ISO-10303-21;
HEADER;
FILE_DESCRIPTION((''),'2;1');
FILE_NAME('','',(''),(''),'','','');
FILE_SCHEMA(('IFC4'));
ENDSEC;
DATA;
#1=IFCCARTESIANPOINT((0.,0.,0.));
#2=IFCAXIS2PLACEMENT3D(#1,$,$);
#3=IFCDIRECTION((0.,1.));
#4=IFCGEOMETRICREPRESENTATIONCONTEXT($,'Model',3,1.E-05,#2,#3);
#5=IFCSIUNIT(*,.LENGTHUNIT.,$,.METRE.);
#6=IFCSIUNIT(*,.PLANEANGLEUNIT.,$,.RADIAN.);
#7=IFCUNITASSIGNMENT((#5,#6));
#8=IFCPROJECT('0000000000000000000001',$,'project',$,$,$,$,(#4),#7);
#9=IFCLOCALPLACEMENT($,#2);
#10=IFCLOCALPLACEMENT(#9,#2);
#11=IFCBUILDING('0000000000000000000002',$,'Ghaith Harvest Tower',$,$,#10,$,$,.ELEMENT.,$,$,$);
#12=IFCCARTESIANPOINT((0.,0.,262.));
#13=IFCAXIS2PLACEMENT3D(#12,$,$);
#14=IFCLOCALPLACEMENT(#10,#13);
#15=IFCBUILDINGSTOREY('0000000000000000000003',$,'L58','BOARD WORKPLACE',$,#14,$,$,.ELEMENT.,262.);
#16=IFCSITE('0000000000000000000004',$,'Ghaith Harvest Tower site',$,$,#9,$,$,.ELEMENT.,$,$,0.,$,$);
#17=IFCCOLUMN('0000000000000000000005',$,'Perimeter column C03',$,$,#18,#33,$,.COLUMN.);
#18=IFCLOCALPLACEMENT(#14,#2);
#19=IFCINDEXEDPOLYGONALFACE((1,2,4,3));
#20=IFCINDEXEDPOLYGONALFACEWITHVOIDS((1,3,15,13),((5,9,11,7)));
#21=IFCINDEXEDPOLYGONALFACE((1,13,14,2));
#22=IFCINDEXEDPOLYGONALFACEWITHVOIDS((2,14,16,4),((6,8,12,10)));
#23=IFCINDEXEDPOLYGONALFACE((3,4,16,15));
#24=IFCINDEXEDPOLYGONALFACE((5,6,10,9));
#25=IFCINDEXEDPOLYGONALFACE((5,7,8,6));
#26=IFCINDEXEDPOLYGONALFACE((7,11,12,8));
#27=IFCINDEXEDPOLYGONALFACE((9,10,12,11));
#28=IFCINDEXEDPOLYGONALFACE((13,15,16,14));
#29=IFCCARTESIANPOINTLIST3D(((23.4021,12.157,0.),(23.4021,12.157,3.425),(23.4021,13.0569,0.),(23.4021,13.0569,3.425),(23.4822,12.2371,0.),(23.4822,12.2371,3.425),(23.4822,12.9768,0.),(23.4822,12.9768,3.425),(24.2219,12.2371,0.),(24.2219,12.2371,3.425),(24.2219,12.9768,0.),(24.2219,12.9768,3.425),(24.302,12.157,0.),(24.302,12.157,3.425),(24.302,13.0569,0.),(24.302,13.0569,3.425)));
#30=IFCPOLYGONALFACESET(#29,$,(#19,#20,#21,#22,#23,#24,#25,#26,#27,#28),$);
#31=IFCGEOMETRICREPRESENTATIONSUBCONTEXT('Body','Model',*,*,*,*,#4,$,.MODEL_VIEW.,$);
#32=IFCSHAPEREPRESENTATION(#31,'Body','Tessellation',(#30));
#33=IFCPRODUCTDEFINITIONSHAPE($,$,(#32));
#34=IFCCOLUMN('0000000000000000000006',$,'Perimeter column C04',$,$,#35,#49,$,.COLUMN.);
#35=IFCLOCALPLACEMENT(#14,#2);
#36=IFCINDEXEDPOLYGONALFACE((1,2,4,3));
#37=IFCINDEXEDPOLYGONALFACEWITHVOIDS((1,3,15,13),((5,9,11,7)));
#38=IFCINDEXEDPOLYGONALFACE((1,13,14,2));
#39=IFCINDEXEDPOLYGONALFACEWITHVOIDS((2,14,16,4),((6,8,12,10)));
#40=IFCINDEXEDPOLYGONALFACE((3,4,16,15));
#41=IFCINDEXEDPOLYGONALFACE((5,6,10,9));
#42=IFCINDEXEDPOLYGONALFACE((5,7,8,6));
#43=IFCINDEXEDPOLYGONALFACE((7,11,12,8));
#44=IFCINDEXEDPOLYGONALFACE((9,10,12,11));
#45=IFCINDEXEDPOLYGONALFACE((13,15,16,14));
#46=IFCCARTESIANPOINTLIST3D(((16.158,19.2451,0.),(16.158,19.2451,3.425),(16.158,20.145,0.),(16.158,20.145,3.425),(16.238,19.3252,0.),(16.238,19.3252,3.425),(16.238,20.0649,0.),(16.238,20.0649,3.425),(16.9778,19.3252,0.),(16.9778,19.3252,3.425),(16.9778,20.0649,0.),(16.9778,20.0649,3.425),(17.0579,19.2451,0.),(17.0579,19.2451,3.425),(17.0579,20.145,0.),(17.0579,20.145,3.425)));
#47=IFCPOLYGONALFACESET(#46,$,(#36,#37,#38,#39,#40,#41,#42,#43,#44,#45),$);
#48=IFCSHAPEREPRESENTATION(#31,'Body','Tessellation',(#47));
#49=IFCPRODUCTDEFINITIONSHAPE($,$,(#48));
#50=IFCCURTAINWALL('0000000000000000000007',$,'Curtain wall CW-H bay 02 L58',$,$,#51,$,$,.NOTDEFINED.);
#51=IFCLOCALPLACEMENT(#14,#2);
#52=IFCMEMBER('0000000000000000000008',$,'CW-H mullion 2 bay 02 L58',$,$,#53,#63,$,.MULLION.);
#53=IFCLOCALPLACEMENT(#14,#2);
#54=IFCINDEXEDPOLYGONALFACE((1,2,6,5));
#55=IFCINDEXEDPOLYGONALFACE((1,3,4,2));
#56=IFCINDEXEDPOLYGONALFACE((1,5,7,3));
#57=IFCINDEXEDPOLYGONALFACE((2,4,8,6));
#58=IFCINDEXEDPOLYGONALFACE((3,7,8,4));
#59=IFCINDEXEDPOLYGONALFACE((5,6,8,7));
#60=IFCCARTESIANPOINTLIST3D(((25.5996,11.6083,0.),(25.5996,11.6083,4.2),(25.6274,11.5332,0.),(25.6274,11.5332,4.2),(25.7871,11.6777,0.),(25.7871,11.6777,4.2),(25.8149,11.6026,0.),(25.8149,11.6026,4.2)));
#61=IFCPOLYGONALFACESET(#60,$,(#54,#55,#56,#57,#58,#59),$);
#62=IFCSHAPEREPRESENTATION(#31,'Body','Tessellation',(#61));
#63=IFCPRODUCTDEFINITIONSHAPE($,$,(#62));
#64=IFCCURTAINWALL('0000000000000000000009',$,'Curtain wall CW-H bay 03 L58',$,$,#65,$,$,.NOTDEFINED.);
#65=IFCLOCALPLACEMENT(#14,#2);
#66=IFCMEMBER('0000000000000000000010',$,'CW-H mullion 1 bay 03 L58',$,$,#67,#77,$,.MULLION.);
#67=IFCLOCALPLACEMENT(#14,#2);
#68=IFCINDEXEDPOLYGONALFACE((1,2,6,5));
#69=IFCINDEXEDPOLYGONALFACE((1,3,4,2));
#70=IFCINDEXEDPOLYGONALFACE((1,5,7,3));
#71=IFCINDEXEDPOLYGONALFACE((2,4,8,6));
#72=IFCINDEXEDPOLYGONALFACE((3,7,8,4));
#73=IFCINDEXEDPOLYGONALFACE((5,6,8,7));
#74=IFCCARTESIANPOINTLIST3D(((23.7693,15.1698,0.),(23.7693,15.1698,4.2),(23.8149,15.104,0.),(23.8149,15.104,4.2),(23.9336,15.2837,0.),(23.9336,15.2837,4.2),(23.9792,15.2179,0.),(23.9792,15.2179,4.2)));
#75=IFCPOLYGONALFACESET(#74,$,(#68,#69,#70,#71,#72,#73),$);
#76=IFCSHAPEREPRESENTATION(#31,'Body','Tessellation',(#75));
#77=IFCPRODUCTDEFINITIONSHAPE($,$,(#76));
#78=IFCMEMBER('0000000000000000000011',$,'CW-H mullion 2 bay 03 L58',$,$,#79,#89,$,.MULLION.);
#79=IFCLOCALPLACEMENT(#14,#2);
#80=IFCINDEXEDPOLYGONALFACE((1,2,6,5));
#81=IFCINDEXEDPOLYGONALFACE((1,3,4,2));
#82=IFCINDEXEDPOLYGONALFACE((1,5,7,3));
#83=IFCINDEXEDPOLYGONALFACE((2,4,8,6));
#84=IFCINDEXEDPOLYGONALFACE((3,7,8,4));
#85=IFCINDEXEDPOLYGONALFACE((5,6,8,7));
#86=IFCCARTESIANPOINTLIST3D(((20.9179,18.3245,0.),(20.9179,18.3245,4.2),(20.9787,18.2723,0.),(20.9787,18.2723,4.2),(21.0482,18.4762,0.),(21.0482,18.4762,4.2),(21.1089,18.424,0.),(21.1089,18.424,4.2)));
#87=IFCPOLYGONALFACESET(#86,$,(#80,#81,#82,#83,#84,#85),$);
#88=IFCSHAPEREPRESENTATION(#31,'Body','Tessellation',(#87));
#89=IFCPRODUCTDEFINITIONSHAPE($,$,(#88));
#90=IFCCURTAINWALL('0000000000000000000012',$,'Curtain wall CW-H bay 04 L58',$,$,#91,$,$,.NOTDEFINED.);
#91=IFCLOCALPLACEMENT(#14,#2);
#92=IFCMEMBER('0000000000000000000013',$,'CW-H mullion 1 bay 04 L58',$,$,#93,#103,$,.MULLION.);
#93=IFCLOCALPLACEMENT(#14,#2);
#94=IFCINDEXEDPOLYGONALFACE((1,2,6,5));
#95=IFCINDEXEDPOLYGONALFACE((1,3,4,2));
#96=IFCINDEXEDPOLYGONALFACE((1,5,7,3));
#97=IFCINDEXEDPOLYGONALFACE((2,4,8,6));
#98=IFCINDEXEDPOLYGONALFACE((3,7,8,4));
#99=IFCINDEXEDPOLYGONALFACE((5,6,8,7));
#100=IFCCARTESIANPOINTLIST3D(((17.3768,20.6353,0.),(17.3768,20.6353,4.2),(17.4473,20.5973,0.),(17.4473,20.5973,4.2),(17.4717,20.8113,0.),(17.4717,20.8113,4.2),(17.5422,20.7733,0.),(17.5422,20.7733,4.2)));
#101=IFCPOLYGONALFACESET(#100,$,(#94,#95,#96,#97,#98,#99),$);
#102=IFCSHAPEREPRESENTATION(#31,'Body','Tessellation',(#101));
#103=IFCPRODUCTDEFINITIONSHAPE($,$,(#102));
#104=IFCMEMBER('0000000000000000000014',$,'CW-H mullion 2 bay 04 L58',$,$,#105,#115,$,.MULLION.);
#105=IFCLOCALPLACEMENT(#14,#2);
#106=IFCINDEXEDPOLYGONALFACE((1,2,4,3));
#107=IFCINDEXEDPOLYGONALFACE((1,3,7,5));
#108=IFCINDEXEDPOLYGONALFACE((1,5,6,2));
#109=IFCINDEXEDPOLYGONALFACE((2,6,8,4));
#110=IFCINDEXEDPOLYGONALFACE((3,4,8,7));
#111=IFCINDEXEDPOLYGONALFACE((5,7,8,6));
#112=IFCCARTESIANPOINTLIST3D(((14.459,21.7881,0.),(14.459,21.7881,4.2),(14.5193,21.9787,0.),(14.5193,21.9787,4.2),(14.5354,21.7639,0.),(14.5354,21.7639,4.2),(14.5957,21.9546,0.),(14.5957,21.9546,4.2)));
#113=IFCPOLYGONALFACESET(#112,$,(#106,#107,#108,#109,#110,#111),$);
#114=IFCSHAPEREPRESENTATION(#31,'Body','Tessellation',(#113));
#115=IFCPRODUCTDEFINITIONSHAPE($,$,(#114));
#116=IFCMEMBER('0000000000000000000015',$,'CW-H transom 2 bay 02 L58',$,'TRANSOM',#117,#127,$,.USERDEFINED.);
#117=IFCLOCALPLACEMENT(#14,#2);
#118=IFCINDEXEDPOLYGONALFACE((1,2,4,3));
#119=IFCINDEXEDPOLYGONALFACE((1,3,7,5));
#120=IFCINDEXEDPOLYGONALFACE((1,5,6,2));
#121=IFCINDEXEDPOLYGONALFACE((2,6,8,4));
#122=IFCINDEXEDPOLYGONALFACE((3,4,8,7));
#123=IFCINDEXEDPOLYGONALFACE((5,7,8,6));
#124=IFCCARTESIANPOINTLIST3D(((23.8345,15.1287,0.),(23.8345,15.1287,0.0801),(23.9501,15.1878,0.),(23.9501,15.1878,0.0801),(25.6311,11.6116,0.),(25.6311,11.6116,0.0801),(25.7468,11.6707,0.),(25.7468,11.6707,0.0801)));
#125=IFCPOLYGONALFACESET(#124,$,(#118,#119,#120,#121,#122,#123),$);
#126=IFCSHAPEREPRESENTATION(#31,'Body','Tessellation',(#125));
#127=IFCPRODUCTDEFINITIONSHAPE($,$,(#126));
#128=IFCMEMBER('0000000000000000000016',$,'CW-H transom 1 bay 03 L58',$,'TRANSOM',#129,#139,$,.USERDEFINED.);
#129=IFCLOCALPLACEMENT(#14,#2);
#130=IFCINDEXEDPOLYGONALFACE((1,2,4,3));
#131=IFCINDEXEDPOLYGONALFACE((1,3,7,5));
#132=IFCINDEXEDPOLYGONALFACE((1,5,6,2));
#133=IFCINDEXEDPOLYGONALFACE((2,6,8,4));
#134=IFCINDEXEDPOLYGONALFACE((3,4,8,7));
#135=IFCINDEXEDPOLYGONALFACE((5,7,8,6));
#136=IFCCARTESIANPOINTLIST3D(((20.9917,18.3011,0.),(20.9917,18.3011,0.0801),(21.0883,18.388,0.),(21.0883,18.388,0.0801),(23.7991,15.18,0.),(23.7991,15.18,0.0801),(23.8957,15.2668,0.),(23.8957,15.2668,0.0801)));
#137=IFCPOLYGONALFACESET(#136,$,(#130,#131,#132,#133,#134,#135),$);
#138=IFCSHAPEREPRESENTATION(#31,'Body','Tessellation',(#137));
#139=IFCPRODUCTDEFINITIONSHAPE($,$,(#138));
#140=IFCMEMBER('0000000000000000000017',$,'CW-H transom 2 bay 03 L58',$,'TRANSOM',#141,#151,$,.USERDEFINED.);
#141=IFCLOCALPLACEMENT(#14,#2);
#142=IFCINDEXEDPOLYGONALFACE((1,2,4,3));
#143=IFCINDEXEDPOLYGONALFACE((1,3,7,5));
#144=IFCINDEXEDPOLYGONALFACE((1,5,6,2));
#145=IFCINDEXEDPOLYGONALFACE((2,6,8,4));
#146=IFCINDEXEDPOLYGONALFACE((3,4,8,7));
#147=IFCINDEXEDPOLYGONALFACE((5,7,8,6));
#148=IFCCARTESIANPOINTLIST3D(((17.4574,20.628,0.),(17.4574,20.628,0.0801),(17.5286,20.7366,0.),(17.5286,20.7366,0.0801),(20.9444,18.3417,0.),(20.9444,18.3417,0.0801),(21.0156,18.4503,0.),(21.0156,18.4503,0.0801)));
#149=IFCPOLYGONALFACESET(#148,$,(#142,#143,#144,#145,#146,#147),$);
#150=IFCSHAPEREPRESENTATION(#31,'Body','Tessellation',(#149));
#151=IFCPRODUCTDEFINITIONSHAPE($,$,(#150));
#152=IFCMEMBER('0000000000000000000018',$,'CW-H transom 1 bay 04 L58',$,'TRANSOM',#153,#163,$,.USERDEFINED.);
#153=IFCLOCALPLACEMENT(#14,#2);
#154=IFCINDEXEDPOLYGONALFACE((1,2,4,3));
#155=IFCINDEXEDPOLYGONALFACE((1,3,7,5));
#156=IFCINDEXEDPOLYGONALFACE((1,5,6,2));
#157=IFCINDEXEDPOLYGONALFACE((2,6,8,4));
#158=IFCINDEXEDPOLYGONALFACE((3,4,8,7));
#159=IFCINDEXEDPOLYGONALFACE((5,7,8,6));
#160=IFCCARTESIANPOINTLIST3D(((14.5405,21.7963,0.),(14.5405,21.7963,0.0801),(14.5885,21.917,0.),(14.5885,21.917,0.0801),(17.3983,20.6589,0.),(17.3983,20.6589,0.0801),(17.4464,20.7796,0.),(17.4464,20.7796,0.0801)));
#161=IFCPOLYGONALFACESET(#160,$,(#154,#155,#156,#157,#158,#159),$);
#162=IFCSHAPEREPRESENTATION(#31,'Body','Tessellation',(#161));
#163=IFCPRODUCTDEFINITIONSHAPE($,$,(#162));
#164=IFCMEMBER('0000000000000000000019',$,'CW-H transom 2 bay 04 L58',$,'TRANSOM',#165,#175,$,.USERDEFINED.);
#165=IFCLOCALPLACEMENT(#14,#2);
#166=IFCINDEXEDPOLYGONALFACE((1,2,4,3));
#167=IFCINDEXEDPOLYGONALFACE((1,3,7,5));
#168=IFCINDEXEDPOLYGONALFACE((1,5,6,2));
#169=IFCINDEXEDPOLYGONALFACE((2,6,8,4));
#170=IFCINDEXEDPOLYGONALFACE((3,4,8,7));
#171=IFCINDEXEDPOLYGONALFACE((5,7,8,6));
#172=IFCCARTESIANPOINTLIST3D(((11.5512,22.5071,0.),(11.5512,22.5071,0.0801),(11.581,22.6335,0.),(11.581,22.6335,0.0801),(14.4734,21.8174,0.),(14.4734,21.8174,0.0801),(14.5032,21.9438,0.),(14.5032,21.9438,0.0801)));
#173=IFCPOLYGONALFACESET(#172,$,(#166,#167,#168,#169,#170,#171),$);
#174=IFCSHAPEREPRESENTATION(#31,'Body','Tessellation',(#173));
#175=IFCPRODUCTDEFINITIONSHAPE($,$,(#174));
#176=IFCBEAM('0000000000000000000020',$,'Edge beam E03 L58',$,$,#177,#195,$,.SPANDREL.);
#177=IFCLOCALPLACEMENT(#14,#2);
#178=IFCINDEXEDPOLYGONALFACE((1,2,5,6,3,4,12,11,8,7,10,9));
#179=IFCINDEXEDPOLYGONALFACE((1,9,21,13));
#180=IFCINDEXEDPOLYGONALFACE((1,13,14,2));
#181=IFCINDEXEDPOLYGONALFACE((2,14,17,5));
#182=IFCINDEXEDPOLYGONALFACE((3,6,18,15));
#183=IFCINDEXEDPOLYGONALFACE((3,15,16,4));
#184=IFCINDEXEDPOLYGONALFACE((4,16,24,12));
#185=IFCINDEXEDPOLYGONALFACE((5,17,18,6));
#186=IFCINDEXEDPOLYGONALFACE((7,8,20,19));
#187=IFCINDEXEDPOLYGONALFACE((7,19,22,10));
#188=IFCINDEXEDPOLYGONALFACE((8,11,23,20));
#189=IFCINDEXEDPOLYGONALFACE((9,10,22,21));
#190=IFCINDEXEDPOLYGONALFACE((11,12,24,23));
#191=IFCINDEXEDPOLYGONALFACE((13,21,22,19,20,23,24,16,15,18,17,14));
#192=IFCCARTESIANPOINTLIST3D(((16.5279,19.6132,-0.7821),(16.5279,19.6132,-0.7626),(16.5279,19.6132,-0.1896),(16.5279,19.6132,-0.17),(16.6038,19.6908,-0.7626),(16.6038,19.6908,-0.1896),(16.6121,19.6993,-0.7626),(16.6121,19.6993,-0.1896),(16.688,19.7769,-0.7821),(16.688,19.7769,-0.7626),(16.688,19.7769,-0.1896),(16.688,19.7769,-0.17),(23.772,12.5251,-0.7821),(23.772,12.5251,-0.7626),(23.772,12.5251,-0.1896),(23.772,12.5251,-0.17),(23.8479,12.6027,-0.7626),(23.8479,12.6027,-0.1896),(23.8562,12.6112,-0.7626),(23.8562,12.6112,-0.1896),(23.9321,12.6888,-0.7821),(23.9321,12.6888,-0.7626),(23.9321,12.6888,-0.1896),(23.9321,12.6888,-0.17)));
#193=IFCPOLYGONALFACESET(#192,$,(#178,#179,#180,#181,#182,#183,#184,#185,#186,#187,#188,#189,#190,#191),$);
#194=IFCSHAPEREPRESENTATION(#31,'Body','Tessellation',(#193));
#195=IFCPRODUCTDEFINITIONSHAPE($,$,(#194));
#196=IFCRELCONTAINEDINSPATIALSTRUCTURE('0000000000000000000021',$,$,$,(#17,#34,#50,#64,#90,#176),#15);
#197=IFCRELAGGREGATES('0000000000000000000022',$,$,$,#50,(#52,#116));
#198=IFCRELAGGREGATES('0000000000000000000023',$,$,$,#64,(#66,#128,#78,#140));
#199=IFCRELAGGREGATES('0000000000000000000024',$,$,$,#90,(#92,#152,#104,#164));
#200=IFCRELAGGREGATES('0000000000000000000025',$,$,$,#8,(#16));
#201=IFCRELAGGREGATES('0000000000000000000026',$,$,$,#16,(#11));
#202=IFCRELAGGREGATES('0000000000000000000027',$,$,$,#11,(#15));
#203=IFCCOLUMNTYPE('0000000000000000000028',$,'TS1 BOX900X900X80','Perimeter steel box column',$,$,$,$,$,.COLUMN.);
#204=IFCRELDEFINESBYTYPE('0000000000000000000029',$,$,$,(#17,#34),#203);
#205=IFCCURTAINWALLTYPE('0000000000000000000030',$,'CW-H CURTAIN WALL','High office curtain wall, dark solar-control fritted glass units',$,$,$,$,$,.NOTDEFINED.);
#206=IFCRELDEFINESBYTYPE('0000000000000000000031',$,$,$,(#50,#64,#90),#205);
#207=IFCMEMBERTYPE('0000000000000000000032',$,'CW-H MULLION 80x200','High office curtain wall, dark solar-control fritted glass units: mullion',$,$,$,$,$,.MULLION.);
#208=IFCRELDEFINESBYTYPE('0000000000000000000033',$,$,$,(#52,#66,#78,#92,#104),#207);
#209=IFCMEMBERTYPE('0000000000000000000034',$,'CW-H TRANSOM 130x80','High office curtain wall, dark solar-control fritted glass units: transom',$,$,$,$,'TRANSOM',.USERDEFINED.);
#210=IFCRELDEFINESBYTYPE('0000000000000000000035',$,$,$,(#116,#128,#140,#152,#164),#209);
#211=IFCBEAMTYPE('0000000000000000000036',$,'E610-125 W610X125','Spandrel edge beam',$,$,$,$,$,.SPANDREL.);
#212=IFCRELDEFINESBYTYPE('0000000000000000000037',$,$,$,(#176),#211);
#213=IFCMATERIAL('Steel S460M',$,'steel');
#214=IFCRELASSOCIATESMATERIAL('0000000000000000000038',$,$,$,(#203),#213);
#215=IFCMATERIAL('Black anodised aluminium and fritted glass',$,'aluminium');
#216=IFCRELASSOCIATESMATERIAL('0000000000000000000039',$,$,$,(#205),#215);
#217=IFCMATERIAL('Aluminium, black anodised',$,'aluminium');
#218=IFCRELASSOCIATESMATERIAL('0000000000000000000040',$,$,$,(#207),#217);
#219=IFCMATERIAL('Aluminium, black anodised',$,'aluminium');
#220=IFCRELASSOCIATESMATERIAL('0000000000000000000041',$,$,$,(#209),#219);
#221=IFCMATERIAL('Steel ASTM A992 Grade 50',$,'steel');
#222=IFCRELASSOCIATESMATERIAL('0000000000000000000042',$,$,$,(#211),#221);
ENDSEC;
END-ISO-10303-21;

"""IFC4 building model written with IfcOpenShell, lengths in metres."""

from ifc_helpers import new_model, si_unit, direction, frame, origin, origin_2d, place, context, subcontext, project, spatial, rectangle, hollow_rectangle, i_section, extrude, material, material_profile, profile_set, type_object, element, aggregate, save


model = new_model("IFC4")

# Units and contexts
model_context = context("Model", 3, precision=1e-05, world=origin(), true_north=direction((0.0, 1.0)))
body_context = subcontext(model_context, "Body", "Model", "MODEL_VIEW")
ifc_project = project(units=[si_unit("LENGTHUNIT", "METRE"), si_unit("PLANEANGLEUNIT", "RADIAN")], contexts=[model_context])

# Site, building, storey
site_placement = place(None, origin())
site = spatial("IfcSite", under=ifc_project, at=site_placement, Name="Ghaith Harvest Tower site", CompositionType="ELEMENT", RefElevation=0.0)
building_placement = place(site_placement, origin())
building = spatial("IfcBuilding", under=site, at=building_placement, Name="Ghaith Harvest Tower", CompositionType="ELEMENT")
storey_placement = place(building_placement, frame((0.0, 0.0, 262.0)))
storey = spatial("IfcBuildingStorey", under=building, at=storey_placement, Name="L58", Description="BOARD WORKPLACE", CompositionType="ELEMENT", Elevation=262.0)

# Columns
ifc_material_1 = material(Name="Steel S460M", Category="steel")
ifc_material_profile_1 = material_profile(ifc_material_1, hollow_rectangle(XDim=0.8999, YDim=0.8999, WallThickness=0.0801, at=origin_2d()), Name="BOX900X900X80")
ifc_profile_set_1 = profile_set([ifc_material_profile_1], Name="Steel S460M")
column_type = type_object("IfcColumnType", Name="TS1 BOX900X900X80", Description="Perimeter steel box column", PredefinedType="COLUMN", material=ifc_profile_set_1)
for number, where, z_axis, x_axis, name in (
    (1, (23.8521, 12.6069, 0.0), (0.0, 0.0, 1.0), (1.0, 0.0, 0.0), "Perimeter column C03"),
    (2, (16.6079, 19.6951, 0.0), (0.0, 0.0, 1.0), (1.0, 0.0, 0.0), "Perimeter column C04"),
):
    element("IfcColumn", number, at=place(storey_placement, frame(where, z_axis=z_axis, x_axis=x_axis)), inside=storey, type_object=column_type, Name=name, PredefinedType="COLUMN", context=body_context, shape_type="SweptSolid", body=[
        extrude(hollow_rectangle(XDim=0.8999, YDim=0.8999, WallThickness=0.0801, at=origin_2d()), origin(), (0.0, 0.0, 1.0), 3.425),
    ])

# Curtain wall, member
ifc_material_2 = material(Name="Black anodised aluminium and fritted glass", Category="aluminium")
curtain_wall_type = type_object("IfcCurtainWallType", Name="CW-H CURTAIN WALL", Description="High office curtain wall, dark solar-control fritted glass units", PredefinedType="NOTDEFINED", material=ifc_material_2)
curtain_wall_1_placement = place(storey_placement, origin())
curtain_wall_1 = element("IfcCurtainWall", 3, at=curtain_wall_1_placement, inside=storey, type_object=curtain_wall_type, Name="Curtain wall CW-H bay 02 L58", PredefinedType="NOTDEFINED")
ifc_material_3 = material(Name="Aluminium, black anodised", Category="aluminium")
ifc_material_profile_2 = material_profile(ifc_material_3, rectangle(XDim=0.0801, YDim=0.2, at=origin_2d()), Name="CW-H MULLION 80x200")
ifc_profile_set_2 = profile_set([ifc_material_profile_2], Name="Aluminium, black anodised")
member_type_1 = type_object("IfcMemberType", Name="CW-H MULLION 80x200", Description="High office curtain wall, dark solar-control fritted glass units: mullion", PredefinedType="MULLION", material=ifc_profile_set_2)
member_1_placement = place(storey_placement, frame((25.7073, 11.6055, 0.0), z_axis=(0.0, 0.0, 1.0), x_axis=(-0.347012, 0.937861, 0.0)))
member_1 = element("IfcMember", 4, at=member_1_placement, type_object=member_type_1, Name="CW-H mullion 2 bay 02 L58", PredefinedType="MULLION", context=body_context, shape_type="SweptSolid", body=[
    extrude(rectangle(XDim=0.0801, YDim=0.2, at=origin_2d()), origin(), (0.0, 0.0, 1.0), 4.2),
])

# Curtain walls, members
curtain_wall_2_placement = place(storey_placement, origin())
curtain_wall_2 = element("IfcCurtainWall", 5, at=curtain_wall_2_placement, inside=storey, type_object=curtain_wall_type, Name="Curtain wall CW-H bay 03 L58", PredefinedType="NOTDEFINED")
member_2_placement = place(storey_placement, frame((23.8743, 15.1938, 0.0), z_axis=(0.0, 0.0, 1.0), x_axis=(-0.569847, 0.821751, 0.0)))
member_2 = element("IfcMember", 6, at=member_2_placement, type_object=member_type_1, Name="CW-H mullion 1 bay 03 L58", PredefinedType="MULLION", context=body_context, shape_type="SweptSolid", body=[
    extrude(rectangle(XDim=0.0801, YDim=0.2, at=origin_2d()), origin(), (0.0, 0.0, 1.0), 4.2),
])
member_3_placement = place(storey_placement, frame((21.0134, 18.3743, 0.0), z_axis=(0.0, 0.0, 1.0), x_axis=(-0.758541, 0.651625, 0.0)))
member_3 = element("IfcMember", 7, at=member_3_placement, type_object=member_type_1, Name="CW-H mullion 2 bay 03 L58", PredefinedType="MULLION", context=body_context, shape_type="SweptSolid", body=[
    extrude(rectangle(XDim=0.0801, YDim=0.2, at=origin_2d()), origin(), (0.0, 0.0, 1.0), 4.2),
])
curtain_wall_3_placement = place(storey_placement, origin())
curtain_wall_3 = element("IfcCurtainWall", 8, at=curtain_wall_3_placement, inside=storey, type_object=curtain_wall_type, Name="Curtain wall CW-H bay 04 L58", PredefinedType="NOTDEFINED")
member_4_placement = place(storey_placement, frame((17.4595, 20.7043, 0.0), z_axis=(0.0, 0.0, 1.0), x_axis=(-0.880203, 0.474597, 0.0)))
member_4 = element("IfcMember", 9, at=member_4_placement, type_object=member_type_1, Name="CW-H mullion 1 bay 04 L58", PredefinedType="MULLION", context=body_context, shape_type="SweptSolid", body=[
    extrude(rectangle(XDim=0.0801, YDim=0.2, at=origin_2d()), origin(), (0.0, 0.0, 1.0), 4.2),
])
member_5_placement = place(storey_placement, frame((14.5273, 21.8713, 0.0), z_axis=(0.0, 0.0, 1.0), x_axis=(-0.953503, 0.301384, 0.0)))
member_5 = element("IfcMember", 10, at=member_5_placement, type_object=member_type_1, Name="CW-H mullion 2 bay 04 L58", PredefinedType="MULLION", context=body_context, shape_type="SweptSolid", body=[
    extrude(rectangle(XDim=0.0801, YDim=0.2, at=origin_2d()), origin(), (0.0, 0.0, 1.0), 4.2),
])

# Members
ifc_material_4 = material(Name="Aluminium, black anodised", Category="aluminium")
ifc_material_profile_3 = material_profile(ifc_material_4, rectangle(XDim=0.1299, YDim=0.0801, at=origin_2d()), Name="CW-H TRANSOM 130x80")
ifc_profile_set_3 = profile_set([ifc_material_profile_3], Name="Aluminium, black anodised")
member_type_2 = type_object("IfcMemberType", Name="CW-H TRANSOM 130x80", Description="High office curtain wall, dark solar-control fritted glass units: transom", ElementType="TRANSOM", PredefinedType="USERDEFINED", material=ifc_profile_set_3)
member_6_placement = place(storey_placement, frame((25.689, 11.6411, 0.04), z_axis=(-0.454912, 0.890537, 0.0), x_axis=(-0.890537, -0.454912, 0.0)))
member_6 = element("IfcMember", 11, at=member_6_placement, type_object=member_type_2, Name="CW-H transom 2 bay 02 L58", ObjectType="TRANSOM", PredefinedType="USERDEFINED", context=body_context, shape_type="SweptSolid", body=[
    extrude(rectangle(XDim=0.1299, YDim=0.0801, at=origin_2d()), origin(), (0.0, 0.0, 1.0), 3.9495),
])
member_7_placement = place(storey_placement, frame((23.8474, 15.2234, 0.04), z_axis=(-0.668753, 0.743485, 0.0), x_axis=(-0.743485, -0.668753, 0.0)))
member_7 = element("IfcMember", 12, at=member_7_placement, type_object=member_type_2, Name="CW-H transom 1 bay 03 L58", ObjectType="TRANSOM", PredefinedType="USERDEFINED", context=body_context, shape_type="SweptSolid", body=[
    extrude(rectangle(XDim=0.1299, YDim=0.0801, at=origin_2d()), origin(), (0.0, 0.0, 1.0), 4.198),
])
member_8_placement = place(storey_placement, frame((20.98, 18.396, 0.04), z_axis=(-0.836269, 0.54832, 0.0), x_axis=(-0.54832, -0.836269, 0.0)))
member_8 = element("IfcMember", 13, at=member_8_placement, type_object=member_type_2, Name="CW-H transom 2 bay 03 L58", ObjectType="TRANSOM", PredefinedType="USERDEFINED", context=body_context, shape_type="SweptSolid", body=[
    extrude(rectangle(XDim=0.1299, YDim=0.0801, at=origin_2d()), origin(), (0.0, 0.0, 1.0), 4.1697),
])
member_9_placement = place(storey_placement, frame((17.4224, 20.7192, 0.04), z_axis=(-0.929116, 0.369789, 0.0), x_axis=(-0.369789, -0.929116, 0.0)))
member_9 = element("IfcMember", 14, at=member_9_placement, type_object=member_type_2, Name="CW-H transom 1 bay 04 L58", ObjectType="TRANSOM", PredefinedType="USERDEFINED", context=body_context, shape_type="SweptSolid", body=[
    extrude(rectangle(XDim=0.1299, YDim=0.0801, at=origin_2d()), origin(), (0.0, 0.0, 1.0), 3.0759),
])
member_10_placement = place(storey_placement, frame((14.4883, 21.8806, 0.04), z_axis=(-0.973258, 0.229715, 0.0), x_axis=(-0.229715, -0.973258, 0.0)))
member_10 = element("IfcMember", 15, at=member_10_placement, type_object=member_type_2, Name="CW-H transom 2 bay 04 L58", ObjectType="TRANSOM", PredefinedType="USERDEFINED", context=body_context, shape_type="SweptSolid", body=[
    extrude(rectangle(XDim=0.1299, YDim=0.0801, at=origin_2d()), origin(), (0.0, 0.0, 1.0), 3.0024),
])

# Beam
ifc_material_5 = material(Name="Steel ASTM A992 Grade 50", Category="steel")
ifc_material_profile_4 = material_profile(ifc_material_5, i_section(OverallWidth=0.229, OverallDepth=0.6121, WebThickness=0.012, FlangeThickness=0.0195, at=origin_2d()), Name="W610X125")
ifc_profile_set_4 = profile_set([ifc_material_profile_4], Name="Steel ASTM A992 Grade 50")
beam_type = type_object("IfcBeamType", Name="E610-125 W610X125", Description="Spandrel edge beam", PredefinedType="SPANDREL", material=ifc_profile_set_4)
beam_1_placement = place(storey_placement, frame((23.8521, 12.6069, -0.4761), z_axis=(-0.714761, 0.699369, 0.0), x_axis=(-0.699369, -0.714761, 0.0)))
element("IfcBeam", 16, at=beam_1_placement, inside=storey, type_object=beam_type, Name="Edge beam E03 L58", PredefinedType="SPANDREL", context=body_context, shape_type="SweptSolid", body=[
    extrude(i_section(OverallWidth=0.229, OverallDepth=0.6121, WebThickness=0.012, FlangeThickness=0.0195, at=origin_2d()), origin(), (0.0, 0.0, 1.0), 10.135),
])

aggregate(curtain_wall_1, [member_1, member_6])
aggregate(curtain_wall_2, [member_2, member_7, member_3, member_8])
aggregate(curtain_wall_3, [member_4, member_9, member_5, member_10])

save(model, "model.ifc")
